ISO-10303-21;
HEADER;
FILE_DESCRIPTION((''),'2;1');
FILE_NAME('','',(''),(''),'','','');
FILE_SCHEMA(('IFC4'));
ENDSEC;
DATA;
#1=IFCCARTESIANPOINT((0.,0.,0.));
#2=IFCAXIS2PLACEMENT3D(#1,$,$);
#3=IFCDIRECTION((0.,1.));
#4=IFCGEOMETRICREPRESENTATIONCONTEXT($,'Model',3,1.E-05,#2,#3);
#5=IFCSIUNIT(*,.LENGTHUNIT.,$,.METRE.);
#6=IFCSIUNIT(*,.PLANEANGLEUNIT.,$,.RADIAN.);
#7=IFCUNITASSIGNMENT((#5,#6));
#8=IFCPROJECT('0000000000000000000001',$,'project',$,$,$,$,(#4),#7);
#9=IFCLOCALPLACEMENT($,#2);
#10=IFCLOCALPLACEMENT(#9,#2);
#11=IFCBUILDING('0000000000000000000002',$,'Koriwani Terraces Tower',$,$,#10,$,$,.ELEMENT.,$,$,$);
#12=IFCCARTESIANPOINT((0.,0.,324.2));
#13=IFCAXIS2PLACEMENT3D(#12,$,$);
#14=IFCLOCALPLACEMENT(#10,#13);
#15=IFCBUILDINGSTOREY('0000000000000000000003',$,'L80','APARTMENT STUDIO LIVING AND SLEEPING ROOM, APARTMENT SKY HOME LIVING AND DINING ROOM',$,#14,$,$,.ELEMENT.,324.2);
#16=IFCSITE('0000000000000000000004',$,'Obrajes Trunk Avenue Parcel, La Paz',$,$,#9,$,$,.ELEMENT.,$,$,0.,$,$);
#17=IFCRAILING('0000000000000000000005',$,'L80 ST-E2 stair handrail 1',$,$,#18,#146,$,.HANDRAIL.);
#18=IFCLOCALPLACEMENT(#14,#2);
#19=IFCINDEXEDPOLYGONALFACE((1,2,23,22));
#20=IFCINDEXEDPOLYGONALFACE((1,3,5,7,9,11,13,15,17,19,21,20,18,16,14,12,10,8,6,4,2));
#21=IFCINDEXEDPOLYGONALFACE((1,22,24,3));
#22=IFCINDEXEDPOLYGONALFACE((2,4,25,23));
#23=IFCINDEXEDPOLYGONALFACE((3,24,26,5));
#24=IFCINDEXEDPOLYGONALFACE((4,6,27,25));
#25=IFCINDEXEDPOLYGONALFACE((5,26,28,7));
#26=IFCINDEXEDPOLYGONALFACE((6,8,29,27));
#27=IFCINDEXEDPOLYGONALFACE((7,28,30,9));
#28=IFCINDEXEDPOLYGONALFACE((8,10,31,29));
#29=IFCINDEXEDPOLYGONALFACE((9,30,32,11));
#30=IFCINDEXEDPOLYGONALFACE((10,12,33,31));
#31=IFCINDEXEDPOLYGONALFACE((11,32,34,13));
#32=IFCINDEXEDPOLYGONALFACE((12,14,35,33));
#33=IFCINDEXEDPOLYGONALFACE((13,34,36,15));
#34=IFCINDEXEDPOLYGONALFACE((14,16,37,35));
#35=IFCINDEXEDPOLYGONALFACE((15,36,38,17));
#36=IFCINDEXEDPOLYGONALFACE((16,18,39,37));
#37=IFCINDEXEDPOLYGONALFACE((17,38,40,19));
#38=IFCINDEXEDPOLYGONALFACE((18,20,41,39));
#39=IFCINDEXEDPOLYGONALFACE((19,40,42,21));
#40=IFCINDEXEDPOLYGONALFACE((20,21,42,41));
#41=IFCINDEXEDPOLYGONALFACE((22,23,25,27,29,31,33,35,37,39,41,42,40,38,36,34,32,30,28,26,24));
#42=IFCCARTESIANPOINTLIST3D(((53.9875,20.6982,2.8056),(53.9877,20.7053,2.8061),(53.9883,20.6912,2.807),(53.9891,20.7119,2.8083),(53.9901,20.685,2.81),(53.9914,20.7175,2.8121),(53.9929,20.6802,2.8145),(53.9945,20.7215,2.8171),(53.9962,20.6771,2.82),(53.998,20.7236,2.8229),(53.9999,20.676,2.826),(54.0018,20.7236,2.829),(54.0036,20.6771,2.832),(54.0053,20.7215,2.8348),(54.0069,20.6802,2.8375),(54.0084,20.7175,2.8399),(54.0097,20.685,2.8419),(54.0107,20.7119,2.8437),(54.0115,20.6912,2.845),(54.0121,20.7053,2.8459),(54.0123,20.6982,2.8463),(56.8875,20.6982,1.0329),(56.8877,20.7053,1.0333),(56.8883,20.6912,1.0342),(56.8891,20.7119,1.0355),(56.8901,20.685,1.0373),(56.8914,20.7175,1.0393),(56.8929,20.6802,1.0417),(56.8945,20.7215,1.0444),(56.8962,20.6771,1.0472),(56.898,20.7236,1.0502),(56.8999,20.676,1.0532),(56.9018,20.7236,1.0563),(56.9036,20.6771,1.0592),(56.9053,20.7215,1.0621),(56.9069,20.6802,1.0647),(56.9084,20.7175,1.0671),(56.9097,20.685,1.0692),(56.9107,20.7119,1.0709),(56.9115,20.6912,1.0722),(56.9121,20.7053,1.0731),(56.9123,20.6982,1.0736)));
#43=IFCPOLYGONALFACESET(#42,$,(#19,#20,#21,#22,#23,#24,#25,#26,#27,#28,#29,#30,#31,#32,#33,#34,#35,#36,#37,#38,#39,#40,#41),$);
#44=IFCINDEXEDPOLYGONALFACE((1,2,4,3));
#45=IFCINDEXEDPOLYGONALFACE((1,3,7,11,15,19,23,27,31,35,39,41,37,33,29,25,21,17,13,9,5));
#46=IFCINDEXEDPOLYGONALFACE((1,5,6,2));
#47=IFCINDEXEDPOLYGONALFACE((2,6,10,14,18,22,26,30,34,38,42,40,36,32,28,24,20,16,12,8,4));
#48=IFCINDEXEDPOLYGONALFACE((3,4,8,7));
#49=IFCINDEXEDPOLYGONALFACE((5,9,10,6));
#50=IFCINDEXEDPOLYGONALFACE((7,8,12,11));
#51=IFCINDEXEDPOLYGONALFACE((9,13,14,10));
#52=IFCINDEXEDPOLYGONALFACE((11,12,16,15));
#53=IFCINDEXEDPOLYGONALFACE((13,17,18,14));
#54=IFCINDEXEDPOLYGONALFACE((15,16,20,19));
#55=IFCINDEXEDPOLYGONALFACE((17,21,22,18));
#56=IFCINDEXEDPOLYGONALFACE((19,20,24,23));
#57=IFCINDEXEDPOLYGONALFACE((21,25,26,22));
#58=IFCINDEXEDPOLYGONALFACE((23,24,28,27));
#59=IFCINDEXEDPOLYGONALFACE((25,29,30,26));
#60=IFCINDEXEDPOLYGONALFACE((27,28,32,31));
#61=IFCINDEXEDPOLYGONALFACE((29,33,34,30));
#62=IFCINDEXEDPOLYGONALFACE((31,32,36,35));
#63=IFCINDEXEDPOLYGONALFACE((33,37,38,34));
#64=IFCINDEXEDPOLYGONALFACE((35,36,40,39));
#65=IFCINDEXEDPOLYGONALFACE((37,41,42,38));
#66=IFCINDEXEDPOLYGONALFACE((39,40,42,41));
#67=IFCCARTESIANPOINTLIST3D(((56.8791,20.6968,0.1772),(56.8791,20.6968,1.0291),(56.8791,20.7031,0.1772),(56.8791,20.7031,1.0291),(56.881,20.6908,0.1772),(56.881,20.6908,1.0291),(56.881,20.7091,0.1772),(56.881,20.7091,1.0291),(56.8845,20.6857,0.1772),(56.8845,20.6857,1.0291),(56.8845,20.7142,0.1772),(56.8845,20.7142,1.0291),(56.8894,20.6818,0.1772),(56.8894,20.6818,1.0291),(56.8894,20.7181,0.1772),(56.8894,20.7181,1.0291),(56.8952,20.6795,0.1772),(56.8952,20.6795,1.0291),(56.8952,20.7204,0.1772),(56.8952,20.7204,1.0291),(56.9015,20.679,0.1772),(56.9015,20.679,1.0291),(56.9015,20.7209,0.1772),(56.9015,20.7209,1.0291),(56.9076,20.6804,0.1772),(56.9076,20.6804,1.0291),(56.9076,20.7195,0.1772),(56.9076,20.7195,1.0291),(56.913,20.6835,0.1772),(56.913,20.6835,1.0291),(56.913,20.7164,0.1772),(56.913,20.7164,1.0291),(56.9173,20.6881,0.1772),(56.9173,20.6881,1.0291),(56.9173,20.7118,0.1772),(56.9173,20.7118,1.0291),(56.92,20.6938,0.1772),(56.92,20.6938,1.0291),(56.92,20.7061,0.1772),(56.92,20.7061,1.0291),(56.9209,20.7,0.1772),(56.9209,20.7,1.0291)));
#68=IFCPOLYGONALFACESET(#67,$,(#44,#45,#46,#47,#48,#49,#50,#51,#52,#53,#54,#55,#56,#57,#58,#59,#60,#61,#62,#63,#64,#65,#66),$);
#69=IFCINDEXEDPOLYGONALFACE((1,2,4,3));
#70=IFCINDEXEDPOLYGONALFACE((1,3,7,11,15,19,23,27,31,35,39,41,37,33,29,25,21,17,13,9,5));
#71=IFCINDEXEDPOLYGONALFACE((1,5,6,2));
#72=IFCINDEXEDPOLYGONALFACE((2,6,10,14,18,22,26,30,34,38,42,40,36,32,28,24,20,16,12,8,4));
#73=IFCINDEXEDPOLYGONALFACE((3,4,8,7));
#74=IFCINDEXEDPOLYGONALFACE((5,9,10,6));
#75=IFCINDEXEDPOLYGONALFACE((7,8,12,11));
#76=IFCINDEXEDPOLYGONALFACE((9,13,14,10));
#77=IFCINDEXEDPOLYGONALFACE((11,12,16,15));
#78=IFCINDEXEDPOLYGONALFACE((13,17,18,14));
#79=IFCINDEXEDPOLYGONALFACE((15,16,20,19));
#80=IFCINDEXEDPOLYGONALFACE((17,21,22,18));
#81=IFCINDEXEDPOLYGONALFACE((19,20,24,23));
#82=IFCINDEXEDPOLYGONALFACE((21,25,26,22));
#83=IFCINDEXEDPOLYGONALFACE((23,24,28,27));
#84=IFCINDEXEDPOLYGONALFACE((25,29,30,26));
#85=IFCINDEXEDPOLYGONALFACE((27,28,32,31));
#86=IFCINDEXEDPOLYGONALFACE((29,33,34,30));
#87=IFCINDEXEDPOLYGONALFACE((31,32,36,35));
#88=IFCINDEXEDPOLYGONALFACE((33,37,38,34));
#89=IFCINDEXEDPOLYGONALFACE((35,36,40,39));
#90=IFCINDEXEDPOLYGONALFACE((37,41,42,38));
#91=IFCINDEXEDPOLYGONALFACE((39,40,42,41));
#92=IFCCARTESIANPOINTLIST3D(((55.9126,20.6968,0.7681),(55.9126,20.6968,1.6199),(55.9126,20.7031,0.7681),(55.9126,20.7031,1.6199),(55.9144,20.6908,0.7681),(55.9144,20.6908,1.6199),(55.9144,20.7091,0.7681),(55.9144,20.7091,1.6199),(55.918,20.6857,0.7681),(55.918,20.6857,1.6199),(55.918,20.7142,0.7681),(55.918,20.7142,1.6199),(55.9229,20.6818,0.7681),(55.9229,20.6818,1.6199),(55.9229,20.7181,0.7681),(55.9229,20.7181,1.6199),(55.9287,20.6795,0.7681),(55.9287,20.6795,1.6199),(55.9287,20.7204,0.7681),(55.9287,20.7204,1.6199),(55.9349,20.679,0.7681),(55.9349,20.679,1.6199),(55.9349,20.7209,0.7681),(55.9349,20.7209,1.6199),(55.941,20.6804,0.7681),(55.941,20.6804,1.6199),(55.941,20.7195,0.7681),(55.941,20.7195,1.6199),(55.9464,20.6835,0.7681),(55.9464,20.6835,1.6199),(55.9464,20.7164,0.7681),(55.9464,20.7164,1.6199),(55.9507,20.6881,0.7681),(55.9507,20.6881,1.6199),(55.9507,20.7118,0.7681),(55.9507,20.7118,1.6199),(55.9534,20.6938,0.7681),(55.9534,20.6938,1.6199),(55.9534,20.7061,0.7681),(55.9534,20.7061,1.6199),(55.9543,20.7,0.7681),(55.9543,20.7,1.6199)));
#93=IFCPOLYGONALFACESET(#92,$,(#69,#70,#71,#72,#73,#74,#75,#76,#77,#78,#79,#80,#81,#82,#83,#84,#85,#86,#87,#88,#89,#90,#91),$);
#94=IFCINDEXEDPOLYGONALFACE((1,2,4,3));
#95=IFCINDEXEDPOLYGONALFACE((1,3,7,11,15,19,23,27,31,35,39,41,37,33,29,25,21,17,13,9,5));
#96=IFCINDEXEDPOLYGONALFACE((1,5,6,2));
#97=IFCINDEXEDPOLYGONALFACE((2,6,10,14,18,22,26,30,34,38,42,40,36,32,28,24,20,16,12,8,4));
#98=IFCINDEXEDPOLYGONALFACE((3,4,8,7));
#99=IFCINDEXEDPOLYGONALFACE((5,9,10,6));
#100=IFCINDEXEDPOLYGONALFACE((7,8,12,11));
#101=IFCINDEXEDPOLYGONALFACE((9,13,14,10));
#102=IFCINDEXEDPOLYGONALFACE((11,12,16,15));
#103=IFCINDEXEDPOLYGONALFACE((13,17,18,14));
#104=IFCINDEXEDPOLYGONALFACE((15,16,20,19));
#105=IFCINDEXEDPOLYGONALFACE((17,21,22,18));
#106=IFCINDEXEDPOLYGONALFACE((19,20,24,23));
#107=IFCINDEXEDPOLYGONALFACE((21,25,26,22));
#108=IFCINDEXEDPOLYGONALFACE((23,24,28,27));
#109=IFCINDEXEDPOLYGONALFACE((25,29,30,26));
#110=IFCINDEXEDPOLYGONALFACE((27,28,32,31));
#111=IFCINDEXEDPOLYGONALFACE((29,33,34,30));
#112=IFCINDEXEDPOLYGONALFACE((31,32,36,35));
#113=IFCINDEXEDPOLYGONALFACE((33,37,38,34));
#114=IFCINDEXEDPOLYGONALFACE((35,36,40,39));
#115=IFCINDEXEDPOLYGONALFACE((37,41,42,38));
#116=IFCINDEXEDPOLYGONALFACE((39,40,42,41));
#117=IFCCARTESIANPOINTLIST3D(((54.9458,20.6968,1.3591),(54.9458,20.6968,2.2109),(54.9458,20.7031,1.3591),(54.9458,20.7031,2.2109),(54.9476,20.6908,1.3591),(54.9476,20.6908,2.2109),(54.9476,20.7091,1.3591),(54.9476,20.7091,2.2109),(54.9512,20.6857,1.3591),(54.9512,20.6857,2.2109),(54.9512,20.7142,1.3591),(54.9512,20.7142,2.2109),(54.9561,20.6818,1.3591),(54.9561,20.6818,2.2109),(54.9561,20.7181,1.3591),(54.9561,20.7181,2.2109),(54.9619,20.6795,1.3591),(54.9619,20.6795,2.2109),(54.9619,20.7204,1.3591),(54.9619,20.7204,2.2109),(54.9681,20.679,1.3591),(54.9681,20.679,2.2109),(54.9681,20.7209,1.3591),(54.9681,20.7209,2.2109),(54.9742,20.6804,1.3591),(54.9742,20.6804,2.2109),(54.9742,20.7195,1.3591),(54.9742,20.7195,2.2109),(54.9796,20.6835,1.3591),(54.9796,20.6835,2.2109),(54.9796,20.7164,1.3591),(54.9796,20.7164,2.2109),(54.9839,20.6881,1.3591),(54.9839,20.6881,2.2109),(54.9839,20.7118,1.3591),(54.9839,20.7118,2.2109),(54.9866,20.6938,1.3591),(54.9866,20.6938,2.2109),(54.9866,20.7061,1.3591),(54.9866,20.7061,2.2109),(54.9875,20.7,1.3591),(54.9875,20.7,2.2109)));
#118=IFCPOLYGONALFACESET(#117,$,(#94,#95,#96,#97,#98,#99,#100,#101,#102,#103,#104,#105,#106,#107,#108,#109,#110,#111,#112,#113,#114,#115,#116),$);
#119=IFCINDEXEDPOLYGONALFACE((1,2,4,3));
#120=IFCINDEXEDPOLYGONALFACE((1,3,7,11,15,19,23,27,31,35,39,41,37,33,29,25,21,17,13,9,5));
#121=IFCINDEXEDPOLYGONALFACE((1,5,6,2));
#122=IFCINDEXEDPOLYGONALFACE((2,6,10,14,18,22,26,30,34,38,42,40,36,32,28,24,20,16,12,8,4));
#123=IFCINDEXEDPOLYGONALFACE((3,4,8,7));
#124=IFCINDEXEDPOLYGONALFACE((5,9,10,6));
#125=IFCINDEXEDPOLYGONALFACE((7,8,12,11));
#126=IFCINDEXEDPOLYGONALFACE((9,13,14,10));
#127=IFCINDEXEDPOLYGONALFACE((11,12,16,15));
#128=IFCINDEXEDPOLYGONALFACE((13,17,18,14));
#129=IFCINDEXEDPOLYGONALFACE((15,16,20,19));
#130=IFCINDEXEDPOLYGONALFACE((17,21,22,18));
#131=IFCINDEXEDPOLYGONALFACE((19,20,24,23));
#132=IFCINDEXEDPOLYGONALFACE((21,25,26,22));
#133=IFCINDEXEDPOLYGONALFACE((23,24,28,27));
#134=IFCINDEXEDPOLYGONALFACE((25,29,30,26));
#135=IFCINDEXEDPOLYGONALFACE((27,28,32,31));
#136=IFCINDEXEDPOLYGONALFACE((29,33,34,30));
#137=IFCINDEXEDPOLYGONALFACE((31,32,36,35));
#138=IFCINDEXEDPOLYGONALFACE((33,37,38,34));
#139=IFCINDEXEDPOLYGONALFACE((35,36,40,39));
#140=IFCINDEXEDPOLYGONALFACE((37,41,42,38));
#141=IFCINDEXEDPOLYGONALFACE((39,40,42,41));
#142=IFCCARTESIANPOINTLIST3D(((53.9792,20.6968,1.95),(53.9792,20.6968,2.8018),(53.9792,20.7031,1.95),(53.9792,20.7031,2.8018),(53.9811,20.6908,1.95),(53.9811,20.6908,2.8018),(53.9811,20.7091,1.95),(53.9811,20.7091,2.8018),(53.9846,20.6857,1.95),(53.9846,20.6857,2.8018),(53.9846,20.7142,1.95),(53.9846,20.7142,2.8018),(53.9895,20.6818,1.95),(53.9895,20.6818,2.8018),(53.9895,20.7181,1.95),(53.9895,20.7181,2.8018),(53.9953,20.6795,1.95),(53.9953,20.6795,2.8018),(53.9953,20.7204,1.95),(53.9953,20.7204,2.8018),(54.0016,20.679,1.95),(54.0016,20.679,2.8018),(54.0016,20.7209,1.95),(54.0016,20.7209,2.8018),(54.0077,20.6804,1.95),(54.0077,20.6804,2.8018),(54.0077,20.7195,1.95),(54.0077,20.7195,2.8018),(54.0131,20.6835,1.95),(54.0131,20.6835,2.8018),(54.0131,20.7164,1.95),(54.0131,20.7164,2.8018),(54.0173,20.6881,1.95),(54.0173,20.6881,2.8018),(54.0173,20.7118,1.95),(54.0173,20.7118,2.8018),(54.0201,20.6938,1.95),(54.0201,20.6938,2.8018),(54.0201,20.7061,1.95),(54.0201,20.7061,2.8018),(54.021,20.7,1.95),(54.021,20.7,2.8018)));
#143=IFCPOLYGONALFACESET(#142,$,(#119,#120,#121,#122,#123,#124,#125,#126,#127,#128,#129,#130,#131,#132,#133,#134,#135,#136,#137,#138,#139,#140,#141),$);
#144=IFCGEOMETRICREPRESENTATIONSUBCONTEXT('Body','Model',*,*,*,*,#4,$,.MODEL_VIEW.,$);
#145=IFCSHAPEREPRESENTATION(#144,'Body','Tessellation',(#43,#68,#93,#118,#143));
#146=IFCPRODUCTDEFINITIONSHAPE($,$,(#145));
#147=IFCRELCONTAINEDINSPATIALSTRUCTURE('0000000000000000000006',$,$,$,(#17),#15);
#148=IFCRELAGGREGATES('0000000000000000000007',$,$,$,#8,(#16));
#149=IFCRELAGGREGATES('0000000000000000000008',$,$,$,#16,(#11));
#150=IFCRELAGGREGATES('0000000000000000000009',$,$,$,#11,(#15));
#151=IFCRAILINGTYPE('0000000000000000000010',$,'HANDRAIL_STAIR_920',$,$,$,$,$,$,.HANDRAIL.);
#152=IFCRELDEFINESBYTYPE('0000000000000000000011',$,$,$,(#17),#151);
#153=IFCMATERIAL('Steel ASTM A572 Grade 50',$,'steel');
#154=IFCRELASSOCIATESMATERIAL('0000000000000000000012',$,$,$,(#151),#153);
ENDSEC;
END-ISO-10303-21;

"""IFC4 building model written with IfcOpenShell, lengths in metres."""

from ifc_helpers import new_model, si_unit, direction, frame, origin, origin_2d, place, context, subcontext, project, spatial, circle, extrude, material, type_object, element, save


model = new_model("IFC4")

# Units and contexts
model_context = context("Model", 3, precision=1e-05, world=origin(), true_north=direction((0.0, 1.0)))
body_context = subcontext(model_context, "Body", "Model", "MODEL_VIEW")
ifc_project = project(units=[si_unit("LENGTHUNIT", "METRE"), si_unit("PLANEANGLEUNIT", "RADIAN")], contexts=[model_context])

# Site, building, storey
site_placement = place(None, origin())
site = spatial("IfcSite", under=ifc_project, at=site_placement, Name="Obrajes Trunk Avenue Parcel, La Paz", CompositionType="ELEMENT", RefElevation=0.0)
building_placement = place(site_placement, origin())
building = spatial("IfcBuilding", under=site, at=building_placement, Name="Koriwani Terraces Tower", CompositionType="ELEMENT")
storey_placement = place(building_placement, frame((0.0, 0.0, 324.2)))
storey = spatial("IfcBuildingStorey", under=building, at=storey_placement, Name="L80", Description="APARTMENT STUDIO LIVING AND SLEEPING ROOM, APARTMENT SKY HOME LIVING AND DINING ROOM", CompositionType="ELEMENT", Elevation=324.2)

# Shared definitions
ifc_material_1 = material(Name="Steel ASTM A572 Grade 50", Category="steel")

# Railing
railing_type_1 = type_object("IfcRailingType", Name="HANDRAIL_STAIR_920", PredefinedType="HANDRAIL", material=ifc_material_1)
for number, where, name in (
    (1, (56.8999, 20.7, 0.1772), "L80 ST-E2 stair handrail 1"),
):
    element("IfcRailing", number, at=place(storey_placement, frame(where)), inside=storey, type_object=railing_type_1, Name=name, PredefinedType="HANDRAIL", context=body_context, shape_type="SweptSolid", body=[
        extrude(circle(Radius=0.0239, at=origin_2d()), frame((0.0, 0.0, 0.876), z_axis=(-0.853211, 0.0, 0.521566), x_axis=(0.0, -1.0, 0.0)), (0.0, 0.0, 1.0), 3.3989),
        extrude(circle(Radius=0.021, at=origin_2d()), origin(), (0.0, 0.0, 1.0), 0.8518),
        extrude(circle(Radius=0.021, at=origin_2d()), frame((-0.9666, 0.0, 0.5908)), (0.0, 0.0, 1.0), 0.8518),
        extrude(circle(Radius=0.021, at=origin_2d()), frame((-1.9333, 0.0, 1.1819)), (0.0, 0.0, 1.0), 0.8518),
        extrude(circle(Radius=0.021, at=origin_2d()), frame((-2.8999, 0.0, 1.7727)), (0.0, 0.0, 1.0), 0.8518),
    ])

save(model, "model.ifc")
